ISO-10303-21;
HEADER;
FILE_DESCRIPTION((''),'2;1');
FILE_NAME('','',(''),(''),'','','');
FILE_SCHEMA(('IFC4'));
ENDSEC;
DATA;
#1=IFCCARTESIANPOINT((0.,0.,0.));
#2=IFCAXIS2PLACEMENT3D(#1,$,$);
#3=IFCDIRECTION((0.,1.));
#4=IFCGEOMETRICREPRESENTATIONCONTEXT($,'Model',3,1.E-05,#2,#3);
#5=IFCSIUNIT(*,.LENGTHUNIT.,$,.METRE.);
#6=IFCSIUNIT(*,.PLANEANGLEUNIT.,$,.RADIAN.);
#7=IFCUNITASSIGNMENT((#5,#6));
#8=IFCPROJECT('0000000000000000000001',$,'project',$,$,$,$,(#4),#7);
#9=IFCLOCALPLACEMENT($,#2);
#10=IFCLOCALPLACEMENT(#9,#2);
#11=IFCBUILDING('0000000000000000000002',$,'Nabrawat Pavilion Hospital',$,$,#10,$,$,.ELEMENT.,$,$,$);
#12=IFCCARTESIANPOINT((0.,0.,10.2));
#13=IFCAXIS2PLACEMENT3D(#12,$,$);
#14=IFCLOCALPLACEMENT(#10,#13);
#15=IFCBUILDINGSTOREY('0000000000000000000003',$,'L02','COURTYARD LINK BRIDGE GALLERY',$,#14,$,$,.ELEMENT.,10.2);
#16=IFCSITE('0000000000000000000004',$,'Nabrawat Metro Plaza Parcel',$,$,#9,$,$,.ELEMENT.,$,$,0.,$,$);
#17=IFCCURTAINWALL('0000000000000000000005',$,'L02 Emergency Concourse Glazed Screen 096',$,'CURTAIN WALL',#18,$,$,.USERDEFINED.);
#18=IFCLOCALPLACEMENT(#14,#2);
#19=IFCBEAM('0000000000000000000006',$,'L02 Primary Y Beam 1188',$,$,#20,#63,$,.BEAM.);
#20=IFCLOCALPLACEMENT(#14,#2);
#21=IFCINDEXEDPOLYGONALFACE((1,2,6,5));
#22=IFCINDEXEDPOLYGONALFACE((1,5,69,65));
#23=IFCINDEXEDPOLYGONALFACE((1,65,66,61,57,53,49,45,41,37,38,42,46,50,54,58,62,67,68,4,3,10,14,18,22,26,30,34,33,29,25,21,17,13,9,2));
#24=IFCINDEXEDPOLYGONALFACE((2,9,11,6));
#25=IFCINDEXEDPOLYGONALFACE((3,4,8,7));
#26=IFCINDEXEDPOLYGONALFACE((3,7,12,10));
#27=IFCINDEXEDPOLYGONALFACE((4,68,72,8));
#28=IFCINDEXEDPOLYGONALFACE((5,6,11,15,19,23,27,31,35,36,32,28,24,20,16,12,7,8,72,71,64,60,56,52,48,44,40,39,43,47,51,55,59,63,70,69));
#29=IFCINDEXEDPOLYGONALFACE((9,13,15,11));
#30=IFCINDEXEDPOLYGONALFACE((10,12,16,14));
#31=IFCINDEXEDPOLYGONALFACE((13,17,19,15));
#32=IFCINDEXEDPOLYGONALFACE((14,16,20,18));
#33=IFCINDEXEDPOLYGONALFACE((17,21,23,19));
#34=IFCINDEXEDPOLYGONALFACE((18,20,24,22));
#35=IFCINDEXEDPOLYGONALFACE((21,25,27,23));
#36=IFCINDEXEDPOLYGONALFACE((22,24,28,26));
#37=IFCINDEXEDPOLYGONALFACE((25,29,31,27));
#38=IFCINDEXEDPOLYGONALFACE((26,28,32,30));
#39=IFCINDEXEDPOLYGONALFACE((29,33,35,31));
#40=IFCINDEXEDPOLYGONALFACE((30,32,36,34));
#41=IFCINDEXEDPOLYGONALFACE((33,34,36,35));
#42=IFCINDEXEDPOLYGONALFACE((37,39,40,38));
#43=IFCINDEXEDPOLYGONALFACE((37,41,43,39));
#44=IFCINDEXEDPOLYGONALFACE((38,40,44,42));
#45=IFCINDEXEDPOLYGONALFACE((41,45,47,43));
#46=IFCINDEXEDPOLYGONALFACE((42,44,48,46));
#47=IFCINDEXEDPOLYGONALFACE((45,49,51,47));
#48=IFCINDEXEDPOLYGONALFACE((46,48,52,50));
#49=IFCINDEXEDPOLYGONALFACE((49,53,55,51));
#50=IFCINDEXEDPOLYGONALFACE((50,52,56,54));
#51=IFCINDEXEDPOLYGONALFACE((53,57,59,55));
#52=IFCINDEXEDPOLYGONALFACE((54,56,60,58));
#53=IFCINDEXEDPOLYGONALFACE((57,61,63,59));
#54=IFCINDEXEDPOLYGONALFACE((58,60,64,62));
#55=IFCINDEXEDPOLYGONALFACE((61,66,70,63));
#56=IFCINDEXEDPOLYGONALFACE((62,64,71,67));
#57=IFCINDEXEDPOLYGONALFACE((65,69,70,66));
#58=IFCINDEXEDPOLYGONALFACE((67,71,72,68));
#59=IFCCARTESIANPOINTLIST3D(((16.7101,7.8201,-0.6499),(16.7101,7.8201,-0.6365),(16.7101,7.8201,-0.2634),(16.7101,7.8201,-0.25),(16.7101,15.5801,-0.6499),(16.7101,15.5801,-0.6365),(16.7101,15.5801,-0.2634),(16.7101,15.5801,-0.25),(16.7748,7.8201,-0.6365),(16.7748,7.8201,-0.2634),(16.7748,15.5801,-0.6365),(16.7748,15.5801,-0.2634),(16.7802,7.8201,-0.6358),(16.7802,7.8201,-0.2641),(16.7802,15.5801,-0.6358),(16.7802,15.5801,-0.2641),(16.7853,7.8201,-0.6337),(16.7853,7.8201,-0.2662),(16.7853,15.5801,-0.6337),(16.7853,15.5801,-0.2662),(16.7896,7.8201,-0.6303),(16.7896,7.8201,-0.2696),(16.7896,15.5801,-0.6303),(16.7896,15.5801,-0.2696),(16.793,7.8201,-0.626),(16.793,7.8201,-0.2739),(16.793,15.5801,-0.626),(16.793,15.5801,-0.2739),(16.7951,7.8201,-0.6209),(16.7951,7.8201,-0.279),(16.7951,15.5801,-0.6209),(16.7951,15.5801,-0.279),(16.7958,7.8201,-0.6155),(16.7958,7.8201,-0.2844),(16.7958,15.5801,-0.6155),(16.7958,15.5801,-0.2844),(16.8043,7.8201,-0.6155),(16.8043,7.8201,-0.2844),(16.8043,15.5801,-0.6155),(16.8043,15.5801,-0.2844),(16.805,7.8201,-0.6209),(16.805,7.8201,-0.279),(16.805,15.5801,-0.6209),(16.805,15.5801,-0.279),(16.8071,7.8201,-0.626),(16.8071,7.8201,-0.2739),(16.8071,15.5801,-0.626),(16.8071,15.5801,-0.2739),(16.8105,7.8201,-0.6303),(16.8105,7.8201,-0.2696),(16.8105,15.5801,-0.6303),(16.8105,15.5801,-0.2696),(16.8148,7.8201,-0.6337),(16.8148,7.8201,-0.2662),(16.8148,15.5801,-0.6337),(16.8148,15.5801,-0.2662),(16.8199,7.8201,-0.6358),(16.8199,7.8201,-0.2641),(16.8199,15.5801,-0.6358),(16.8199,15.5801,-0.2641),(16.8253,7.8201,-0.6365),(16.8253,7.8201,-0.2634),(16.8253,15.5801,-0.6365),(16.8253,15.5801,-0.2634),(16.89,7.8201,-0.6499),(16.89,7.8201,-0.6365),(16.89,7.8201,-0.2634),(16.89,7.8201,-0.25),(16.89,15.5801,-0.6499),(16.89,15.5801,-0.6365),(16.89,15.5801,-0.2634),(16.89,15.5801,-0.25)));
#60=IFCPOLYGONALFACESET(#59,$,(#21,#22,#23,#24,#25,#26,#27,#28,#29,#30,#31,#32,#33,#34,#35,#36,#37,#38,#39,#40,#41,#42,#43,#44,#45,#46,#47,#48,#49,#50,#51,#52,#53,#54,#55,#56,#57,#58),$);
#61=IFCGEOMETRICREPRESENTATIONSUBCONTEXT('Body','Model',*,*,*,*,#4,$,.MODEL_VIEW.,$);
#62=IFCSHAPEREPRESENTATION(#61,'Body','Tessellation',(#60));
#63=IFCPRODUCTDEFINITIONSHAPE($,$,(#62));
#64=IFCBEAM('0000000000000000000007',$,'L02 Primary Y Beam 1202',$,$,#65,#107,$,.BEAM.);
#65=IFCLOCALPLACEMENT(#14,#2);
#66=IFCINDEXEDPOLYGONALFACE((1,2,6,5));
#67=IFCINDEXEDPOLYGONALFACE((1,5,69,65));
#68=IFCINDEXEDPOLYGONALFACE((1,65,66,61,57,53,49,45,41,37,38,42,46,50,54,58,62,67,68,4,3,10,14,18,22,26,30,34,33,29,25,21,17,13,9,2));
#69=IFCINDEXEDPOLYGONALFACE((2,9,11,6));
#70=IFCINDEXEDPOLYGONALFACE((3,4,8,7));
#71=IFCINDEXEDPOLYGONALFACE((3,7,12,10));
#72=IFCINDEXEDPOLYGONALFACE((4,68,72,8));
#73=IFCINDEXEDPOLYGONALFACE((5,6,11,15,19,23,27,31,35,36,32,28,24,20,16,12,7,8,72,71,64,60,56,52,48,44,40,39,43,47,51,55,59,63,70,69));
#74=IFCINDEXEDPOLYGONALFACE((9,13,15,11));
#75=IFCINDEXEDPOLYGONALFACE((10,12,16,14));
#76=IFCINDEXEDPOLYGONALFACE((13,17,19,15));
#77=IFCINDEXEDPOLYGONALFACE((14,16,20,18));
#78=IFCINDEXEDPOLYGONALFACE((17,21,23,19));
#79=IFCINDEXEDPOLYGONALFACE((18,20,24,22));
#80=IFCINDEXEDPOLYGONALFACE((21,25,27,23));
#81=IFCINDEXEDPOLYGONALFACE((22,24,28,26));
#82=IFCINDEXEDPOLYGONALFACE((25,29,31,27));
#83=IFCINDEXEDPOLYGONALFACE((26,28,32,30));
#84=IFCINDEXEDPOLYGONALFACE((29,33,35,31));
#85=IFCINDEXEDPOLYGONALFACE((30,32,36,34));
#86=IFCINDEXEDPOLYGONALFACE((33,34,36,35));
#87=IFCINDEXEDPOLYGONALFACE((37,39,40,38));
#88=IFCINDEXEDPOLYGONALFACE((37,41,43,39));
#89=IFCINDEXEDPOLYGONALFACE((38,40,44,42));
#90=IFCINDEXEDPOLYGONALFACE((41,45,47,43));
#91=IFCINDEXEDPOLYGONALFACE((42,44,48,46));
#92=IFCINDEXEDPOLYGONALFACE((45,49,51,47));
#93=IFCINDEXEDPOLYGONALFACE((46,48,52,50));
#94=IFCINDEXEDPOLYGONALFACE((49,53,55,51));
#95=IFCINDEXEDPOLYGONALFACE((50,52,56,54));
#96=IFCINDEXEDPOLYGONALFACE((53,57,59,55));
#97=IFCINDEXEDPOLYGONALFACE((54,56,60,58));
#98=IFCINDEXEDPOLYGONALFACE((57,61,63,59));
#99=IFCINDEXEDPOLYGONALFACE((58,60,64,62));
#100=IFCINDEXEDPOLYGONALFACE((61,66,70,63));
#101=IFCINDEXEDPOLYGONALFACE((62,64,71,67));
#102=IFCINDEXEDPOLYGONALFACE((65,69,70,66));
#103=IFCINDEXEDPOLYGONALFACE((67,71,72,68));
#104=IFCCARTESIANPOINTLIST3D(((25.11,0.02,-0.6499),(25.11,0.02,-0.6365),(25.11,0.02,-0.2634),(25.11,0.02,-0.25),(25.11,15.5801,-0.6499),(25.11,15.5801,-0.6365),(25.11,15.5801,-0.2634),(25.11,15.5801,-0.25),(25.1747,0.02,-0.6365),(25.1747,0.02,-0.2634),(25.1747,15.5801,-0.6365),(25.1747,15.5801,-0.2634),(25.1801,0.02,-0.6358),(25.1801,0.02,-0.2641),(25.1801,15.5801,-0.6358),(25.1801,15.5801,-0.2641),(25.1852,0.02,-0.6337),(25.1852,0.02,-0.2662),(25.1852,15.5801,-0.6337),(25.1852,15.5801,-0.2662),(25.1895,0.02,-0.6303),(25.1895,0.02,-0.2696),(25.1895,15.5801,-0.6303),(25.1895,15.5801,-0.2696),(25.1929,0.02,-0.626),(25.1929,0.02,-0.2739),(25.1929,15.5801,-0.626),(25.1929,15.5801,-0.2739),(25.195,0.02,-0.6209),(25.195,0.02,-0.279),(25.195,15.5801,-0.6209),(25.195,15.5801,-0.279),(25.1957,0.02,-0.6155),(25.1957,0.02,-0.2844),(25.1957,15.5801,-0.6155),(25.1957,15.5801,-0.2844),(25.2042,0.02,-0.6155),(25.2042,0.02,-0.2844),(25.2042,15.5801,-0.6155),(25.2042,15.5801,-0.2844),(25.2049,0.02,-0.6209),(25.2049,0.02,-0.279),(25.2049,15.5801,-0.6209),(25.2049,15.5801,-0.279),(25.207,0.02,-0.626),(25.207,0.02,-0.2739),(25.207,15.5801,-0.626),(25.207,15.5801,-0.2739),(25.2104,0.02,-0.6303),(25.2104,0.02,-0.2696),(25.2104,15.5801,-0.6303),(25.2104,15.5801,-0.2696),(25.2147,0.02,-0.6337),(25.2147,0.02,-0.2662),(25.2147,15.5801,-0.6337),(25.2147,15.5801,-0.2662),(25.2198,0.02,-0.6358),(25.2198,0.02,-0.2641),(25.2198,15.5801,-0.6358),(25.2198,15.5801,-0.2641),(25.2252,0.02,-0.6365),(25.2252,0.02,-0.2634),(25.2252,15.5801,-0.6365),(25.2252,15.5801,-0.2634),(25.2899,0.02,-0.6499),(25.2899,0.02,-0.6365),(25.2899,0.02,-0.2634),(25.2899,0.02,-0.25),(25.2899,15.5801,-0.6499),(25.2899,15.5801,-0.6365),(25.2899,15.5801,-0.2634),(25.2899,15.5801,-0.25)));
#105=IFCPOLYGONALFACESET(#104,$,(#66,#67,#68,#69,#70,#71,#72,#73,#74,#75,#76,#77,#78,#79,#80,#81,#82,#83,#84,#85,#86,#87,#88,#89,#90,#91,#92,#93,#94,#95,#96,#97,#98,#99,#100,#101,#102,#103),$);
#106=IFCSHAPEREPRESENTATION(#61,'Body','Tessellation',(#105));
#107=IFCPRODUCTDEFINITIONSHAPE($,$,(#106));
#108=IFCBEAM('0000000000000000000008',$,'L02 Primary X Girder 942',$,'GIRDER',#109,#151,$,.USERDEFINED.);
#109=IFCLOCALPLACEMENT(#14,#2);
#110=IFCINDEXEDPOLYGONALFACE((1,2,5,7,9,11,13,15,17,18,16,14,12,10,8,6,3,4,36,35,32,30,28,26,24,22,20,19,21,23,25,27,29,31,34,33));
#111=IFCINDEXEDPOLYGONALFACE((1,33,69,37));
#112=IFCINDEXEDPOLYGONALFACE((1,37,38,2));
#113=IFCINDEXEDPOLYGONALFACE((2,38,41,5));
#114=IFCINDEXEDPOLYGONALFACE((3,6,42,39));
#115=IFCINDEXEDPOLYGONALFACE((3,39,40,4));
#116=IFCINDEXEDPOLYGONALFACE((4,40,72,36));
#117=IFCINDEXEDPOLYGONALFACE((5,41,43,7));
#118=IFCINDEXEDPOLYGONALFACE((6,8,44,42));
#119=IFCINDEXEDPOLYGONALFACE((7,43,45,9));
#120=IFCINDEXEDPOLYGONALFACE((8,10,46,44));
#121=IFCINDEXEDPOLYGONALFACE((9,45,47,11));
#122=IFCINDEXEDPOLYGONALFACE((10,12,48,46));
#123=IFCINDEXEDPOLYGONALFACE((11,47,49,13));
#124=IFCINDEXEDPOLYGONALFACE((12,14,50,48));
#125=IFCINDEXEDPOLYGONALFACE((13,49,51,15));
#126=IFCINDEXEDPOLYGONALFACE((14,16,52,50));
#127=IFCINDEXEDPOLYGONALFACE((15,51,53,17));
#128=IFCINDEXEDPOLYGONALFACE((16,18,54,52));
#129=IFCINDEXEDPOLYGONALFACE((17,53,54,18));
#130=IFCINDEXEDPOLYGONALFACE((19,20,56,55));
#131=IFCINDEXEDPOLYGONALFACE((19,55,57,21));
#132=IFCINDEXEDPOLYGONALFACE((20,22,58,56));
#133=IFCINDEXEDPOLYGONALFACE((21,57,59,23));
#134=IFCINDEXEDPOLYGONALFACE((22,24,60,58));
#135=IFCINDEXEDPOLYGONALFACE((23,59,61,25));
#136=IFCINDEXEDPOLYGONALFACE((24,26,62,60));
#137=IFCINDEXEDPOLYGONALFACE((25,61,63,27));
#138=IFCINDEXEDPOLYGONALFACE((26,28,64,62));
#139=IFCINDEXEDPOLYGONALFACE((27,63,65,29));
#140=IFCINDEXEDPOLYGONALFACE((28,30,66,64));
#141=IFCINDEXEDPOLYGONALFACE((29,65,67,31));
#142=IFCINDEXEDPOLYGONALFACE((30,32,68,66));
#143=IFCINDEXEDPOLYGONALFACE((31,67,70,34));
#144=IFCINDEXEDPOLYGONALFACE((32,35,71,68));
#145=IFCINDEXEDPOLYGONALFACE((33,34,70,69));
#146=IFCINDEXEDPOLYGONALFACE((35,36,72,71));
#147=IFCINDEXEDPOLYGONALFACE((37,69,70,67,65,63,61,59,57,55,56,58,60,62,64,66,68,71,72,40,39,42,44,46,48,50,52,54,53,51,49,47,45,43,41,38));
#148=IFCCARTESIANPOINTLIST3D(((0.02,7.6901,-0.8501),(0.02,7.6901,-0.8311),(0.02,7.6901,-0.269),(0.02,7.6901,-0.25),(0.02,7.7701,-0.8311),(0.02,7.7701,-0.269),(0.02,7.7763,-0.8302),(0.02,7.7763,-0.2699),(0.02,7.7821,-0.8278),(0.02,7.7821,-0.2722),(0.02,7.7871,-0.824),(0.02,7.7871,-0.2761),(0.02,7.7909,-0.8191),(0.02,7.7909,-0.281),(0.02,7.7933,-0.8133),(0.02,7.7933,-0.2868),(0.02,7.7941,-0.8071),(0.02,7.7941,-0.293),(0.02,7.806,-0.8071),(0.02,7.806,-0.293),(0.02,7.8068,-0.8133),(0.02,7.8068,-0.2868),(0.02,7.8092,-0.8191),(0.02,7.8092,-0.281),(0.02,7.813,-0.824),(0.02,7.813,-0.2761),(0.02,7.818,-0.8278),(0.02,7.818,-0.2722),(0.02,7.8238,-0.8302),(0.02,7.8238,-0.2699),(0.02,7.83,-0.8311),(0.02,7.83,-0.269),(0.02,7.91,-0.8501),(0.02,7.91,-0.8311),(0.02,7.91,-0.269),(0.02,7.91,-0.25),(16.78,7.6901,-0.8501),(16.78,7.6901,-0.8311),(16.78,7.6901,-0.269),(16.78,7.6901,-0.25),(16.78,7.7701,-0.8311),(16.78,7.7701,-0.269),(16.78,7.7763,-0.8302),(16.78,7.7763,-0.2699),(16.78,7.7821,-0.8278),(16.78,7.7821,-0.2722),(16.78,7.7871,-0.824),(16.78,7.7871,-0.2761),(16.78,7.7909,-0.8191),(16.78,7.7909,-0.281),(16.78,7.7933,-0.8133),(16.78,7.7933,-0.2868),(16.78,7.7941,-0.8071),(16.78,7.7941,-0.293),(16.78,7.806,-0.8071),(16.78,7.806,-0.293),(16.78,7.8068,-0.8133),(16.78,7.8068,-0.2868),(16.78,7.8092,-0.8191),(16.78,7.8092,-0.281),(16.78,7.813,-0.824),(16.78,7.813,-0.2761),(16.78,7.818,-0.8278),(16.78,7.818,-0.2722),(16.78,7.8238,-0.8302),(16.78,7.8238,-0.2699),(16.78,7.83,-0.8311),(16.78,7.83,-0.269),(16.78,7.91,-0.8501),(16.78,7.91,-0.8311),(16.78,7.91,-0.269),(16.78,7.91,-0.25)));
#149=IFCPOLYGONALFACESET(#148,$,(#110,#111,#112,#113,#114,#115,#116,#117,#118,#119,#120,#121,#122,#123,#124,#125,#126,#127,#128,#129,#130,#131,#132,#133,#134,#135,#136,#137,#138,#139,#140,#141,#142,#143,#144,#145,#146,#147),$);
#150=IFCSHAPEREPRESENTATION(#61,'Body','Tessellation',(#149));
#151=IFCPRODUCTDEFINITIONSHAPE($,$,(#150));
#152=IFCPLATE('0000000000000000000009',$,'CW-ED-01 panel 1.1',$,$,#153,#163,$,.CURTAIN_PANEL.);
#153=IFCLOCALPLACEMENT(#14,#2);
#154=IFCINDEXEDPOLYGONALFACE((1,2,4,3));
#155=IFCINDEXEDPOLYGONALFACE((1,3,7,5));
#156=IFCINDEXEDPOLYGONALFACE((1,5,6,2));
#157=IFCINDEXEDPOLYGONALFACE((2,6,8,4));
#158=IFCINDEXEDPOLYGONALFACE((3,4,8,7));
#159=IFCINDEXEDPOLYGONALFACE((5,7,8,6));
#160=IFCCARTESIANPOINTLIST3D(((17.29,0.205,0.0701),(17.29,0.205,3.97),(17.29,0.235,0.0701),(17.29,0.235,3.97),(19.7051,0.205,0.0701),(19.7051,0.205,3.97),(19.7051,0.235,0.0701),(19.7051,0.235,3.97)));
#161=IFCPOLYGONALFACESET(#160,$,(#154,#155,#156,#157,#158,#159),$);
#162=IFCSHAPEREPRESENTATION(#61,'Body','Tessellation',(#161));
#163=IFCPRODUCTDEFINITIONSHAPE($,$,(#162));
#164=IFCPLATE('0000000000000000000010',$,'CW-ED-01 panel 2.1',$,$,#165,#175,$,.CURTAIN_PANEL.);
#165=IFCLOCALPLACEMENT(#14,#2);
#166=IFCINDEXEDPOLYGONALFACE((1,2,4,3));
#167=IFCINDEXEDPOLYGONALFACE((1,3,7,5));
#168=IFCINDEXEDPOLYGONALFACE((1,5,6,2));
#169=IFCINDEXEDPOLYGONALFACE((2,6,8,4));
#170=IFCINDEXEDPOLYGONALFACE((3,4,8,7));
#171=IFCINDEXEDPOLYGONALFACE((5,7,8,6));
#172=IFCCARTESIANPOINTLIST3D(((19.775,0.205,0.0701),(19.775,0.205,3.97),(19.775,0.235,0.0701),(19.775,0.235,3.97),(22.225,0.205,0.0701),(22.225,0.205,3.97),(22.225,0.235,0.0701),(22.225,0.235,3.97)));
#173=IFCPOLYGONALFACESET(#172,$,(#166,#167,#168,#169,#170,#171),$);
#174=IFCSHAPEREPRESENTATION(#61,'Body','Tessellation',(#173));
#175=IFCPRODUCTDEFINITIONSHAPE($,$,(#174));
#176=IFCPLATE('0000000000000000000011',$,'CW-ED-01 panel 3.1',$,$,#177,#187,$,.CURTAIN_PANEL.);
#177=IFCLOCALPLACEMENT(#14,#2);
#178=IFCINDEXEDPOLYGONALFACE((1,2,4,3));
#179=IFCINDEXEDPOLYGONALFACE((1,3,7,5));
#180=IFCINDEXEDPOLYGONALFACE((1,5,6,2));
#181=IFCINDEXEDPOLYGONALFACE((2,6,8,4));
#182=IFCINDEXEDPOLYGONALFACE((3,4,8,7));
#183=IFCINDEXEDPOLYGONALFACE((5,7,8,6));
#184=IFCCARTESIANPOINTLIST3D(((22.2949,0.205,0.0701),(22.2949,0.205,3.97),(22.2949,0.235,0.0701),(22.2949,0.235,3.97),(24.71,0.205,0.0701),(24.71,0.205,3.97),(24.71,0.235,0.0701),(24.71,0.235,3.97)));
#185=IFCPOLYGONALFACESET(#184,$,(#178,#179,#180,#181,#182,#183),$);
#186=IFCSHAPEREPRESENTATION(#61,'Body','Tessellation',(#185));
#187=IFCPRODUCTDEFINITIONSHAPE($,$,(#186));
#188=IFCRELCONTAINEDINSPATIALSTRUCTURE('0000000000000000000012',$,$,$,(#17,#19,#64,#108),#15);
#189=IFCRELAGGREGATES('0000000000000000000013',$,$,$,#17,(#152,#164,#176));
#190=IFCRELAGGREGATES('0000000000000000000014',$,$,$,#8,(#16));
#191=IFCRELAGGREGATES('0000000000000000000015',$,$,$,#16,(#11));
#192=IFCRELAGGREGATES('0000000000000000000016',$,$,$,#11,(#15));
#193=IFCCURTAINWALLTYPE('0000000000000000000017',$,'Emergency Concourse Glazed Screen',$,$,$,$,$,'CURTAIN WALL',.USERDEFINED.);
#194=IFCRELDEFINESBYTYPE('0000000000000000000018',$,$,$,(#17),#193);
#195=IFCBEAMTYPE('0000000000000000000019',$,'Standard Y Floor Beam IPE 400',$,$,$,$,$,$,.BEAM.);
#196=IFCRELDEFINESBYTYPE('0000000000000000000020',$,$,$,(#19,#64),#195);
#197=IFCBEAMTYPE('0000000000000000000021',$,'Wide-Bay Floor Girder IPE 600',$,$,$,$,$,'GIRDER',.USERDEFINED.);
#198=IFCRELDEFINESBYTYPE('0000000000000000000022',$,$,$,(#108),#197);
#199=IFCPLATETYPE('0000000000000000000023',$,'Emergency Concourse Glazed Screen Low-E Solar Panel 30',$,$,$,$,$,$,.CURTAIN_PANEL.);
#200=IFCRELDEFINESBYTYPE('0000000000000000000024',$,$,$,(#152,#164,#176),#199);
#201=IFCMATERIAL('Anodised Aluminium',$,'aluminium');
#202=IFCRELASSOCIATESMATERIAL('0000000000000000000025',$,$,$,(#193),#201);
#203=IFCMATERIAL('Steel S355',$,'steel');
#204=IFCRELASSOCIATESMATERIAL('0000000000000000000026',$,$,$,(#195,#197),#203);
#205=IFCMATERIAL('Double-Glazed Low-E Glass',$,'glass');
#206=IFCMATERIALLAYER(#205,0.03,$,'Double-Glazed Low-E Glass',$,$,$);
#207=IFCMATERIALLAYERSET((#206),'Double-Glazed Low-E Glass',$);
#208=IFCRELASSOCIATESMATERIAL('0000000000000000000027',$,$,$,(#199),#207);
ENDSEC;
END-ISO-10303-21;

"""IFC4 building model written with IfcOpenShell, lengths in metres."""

from ifc_helpers import new_model, si_unit, direction, frame, origin, origin_2d, place, context, subcontext, project, spatial, rectangle, i_section, extrude, material, layer, layer_set, material_profile, profile_set, type_object, element, aggregate, save


model = new_model("IFC4")

# Units and contexts
model_context = context("Model", 3, precision=1e-05, world=origin(), true_north=direction((0.0, 1.0)))
body_context = subcontext(model_context, "Body", "Model", "MODEL_VIEW")
ifc_project = project(units=[si_unit("LENGTHUNIT", "METRE"), si_unit("PLANEANGLEUNIT", "RADIAN")], contexts=[model_context])

# Site, building, storey
site_placement = place(None, origin())
site = spatial("IfcSite", under=ifc_project, at=site_placement, Name="Nabrawat Metro Plaza Parcel", CompositionType="ELEMENT", RefElevation=0.0)
building_placement = place(site_placement, origin())
building = spatial("IfcBuilding", under=site, at=building_placement, Name="Nabrawat Pavilion Hospital", CompositionType="ELEMENT")
storey_placement = place(building_placement, frame((0.0, 0.0, 10.2)))
storey = spatial("IfcBuildingStorey", under=building, at=storey_placement, Name="L02", Description="COURTYARD LINK BRIDGE GALLERY", CompositionType="ELEMENT", Elevation=10.2)

# Curtain wall
ifc_material_1 = material(Name="Anodised Aluminium", Category="aluminium")
curtain_wall_type = type_object("IfcCurtainWallType", Name="Emergency Concourse Glazed Screen", ElementType="CURTAIN WALL", PredefinedType="USERDEFINED", material=ifc_material_1)
curtain_wall_placement = place(storey_placement, origin())
curtain_wall = element("IfcCurtainWall", 1, at=curtain_wall_placement, inside=storey, type_object=curtain_wall_type, Name="L02 Emergency Concourse Glazed Screen 096", ObjectType="CURTAIN WALL", PredefinedType="USERDEFINED")

# Beams
ifc_material_2 = material(Name="Steel S355", Category="steel")
ifc_material_profile_1 = material_profile(ifc_material_2, i_section(OverallWidth=0.1799, OverallDepth=0.3999, WebThickness=0.0085, FlangeThickness=0.0134, FilletRadius=0.021, at=origin_2d()), Name="IPE 400")
ifc_profile_set_1 = profile_set([ifc_material_profile_1], Name="Steel S355")
beam_type_1 = type_object("IfcBeamType", Name="Standard Y Floor Beam IPE 400", PredefinedType="BEAM", material=ifc_profile_set_1)
for number, where, z_axis, x_axis, name in (
    (2, (16.8, 7.8201, -0.45), (0.0, 1.0, 0.0), (-1.0, 0.0, 0.0), "L02 Primary Y Beam 1188"),
):
    element("IfcBeam", number, at=place(storey_placement, frame(where, z_axis=z_axis, x_axis=x_axis)), inside=storey, type_object=beam_type_1, Name=name, PredefinedType="BEAM", context=body_context, shape_type="SweptSolid", body=[
        extrude(i_section(OverallWidth=0.1799, OverallDepth=0.3999, WebThickness=0.0085, FlangeThickness=0.0134, FilletRadius=0.021, at=origin_2d()), origin(), (0.0, 0.0, 1.0), 7.76),
    ])
beam_1_placement = place(storey_placement, frame((25.2, 0.02, -0.45), z_axis=(0.0, 1.0, 0.0), x_axis=(-1.0, 0.0, 0.0)))
element("IfcBeam", 3, at=beam_1_placement, inside=storey, type_object=beam_type_1, Name="L02 Primary Y Beam 1202", PredefinedType="BEAM", context=body_context, shape_type="SweptSolid", body=[
    extrude(i_section(OverallWidth=0.1799, OverallDepth=0.3999, WebThickness=0.0085, FlangeThickness=0.0134, FilletRadius=0.021, at=origin_2d()), origin(), (0.0, 0.0, 1.0), 15.5601),
])
ifc_material_profile_2 = material_profile(ifc_material_2, i_section(OverallWidth=0.22, OverallDepth=0.6001, WebThickness=0.012, FlangeThickness=0.019, FilletRadius=0.0239, at=origin_2d()), Name="IPE 600")
ifc_profile_set_2 = profile_set([ifc_material_profile_2], Name="Steel S355")
beam_type_2 = type_object("IfcBeamType", Name="Wide-Bay Floor Girder IPE 600", ElementType="GIRDER", PredefinedType="USERDEFINED", material=ifc_profile_set_2)
beam_2_placement = place(storey_placement, frame((0.02, 7.8, -0.55), z_axis=(1.0, 0.0, 0.0), x_axis=(0.0, 1.0, 0.0)))
element("IfcBeam", 4, at=beam_2_placement, inside=storey, type_object=beam_type_2, Name="L02 Primary X Girder 942", ObjectType="GIRDER", PredefinedType="USERDEFINED", context=body_context, shape_type="SweptSolid", body=[
    extrude(i_section(OverallWidth=0.22, OverallDepth=0.6001, WebThickness=0.012, FlangeThickness=0.019, FilletRadius=0.0239, at=origin_2d()), origin(), (0.0, 0.0, 1.0), 16.76),
])

# Plates
ifc_material_3 = material(Name="Double-Glazed Low-E Glass", Category="glass")
ifc_layer_1 = layer(ifc_material_3, 0.03, Name="Double-Glazed Low-E Glass")
ifc_layer_set_1 = layer_set([ifc_layer_1], Name="Double-Glazed Low-E Glass")
plate_type = type_object("IfcPlateType", Name="Emergency Concourse Glazed Screen Low-E Solar Panel 30", PredefinedType="CURTAIN_PANEL", material=ifc_layer_set_1)
plate_1_placement = place(storey_placement, frame((18.4976, 0.22, 0.0701), z_axis=(0.0, 0.0, 1.0), x_axis=(1.0, 0.0, 0.0)))
plate_1 = element("IfcPlate", 5, at=plate_1_placement, type_object=plate_type, Name="CW-ED-01 panel 1.1", PredefinedType="CURTAIN_PANEL", context=body_context, shape_type="SweptSolid", body=[
    extrude(rectangle(XDim=2.415, YDim=0.03, at=origin_2d()), origin(), (0.0, 0.0, 1.0), 3.8999),
])
plate_2_placement = place(storey_placement, frame((21.0, 0.22, 0.0701), z_axis=(0.0, 0.0, 1.0), x_axis=(1.0, 0.0, 0.0)))
plate_2 = element("IfcPlate", 6, at=plate_2_placement, type_object=plate_type, Name="CW-ED-01 panel 2.1", PredefinedType="CURTAIN_PANEL", context=body_context, shape_type="SweptSolid", body=[
    extrude(rectangle(XDim=2.45, YDim=0.03, at=origin_2d()), origin(), (0.0, 0.0, 1.0), 3.8999),
])
plate_3_placement = place(storey_placement, frame((23.5024, 0.22, 0.0701), z_axis=(0.0, 0.0, 1.0), x_axis=(1.0, 0.0, 0.0)))
plate_3 = element("IfcPlate", 7, at=plate_3_placement, type_object=plate_type, Name="CW-ED-01 panel 3.1", PredefinedType="CURTAIN_PANEL", context=body_context, shape_type="SweptSolid", body=[
    extrude(rectangle(XDim=2.415, YDim=0.03, at=origin_2d()), origin(), (0.0, 0.0, 1.0), 3.8999),
])
aggregate(curtain_wall, [plate_1, plate_2, plate_3])

save(model, "model.ifc")
